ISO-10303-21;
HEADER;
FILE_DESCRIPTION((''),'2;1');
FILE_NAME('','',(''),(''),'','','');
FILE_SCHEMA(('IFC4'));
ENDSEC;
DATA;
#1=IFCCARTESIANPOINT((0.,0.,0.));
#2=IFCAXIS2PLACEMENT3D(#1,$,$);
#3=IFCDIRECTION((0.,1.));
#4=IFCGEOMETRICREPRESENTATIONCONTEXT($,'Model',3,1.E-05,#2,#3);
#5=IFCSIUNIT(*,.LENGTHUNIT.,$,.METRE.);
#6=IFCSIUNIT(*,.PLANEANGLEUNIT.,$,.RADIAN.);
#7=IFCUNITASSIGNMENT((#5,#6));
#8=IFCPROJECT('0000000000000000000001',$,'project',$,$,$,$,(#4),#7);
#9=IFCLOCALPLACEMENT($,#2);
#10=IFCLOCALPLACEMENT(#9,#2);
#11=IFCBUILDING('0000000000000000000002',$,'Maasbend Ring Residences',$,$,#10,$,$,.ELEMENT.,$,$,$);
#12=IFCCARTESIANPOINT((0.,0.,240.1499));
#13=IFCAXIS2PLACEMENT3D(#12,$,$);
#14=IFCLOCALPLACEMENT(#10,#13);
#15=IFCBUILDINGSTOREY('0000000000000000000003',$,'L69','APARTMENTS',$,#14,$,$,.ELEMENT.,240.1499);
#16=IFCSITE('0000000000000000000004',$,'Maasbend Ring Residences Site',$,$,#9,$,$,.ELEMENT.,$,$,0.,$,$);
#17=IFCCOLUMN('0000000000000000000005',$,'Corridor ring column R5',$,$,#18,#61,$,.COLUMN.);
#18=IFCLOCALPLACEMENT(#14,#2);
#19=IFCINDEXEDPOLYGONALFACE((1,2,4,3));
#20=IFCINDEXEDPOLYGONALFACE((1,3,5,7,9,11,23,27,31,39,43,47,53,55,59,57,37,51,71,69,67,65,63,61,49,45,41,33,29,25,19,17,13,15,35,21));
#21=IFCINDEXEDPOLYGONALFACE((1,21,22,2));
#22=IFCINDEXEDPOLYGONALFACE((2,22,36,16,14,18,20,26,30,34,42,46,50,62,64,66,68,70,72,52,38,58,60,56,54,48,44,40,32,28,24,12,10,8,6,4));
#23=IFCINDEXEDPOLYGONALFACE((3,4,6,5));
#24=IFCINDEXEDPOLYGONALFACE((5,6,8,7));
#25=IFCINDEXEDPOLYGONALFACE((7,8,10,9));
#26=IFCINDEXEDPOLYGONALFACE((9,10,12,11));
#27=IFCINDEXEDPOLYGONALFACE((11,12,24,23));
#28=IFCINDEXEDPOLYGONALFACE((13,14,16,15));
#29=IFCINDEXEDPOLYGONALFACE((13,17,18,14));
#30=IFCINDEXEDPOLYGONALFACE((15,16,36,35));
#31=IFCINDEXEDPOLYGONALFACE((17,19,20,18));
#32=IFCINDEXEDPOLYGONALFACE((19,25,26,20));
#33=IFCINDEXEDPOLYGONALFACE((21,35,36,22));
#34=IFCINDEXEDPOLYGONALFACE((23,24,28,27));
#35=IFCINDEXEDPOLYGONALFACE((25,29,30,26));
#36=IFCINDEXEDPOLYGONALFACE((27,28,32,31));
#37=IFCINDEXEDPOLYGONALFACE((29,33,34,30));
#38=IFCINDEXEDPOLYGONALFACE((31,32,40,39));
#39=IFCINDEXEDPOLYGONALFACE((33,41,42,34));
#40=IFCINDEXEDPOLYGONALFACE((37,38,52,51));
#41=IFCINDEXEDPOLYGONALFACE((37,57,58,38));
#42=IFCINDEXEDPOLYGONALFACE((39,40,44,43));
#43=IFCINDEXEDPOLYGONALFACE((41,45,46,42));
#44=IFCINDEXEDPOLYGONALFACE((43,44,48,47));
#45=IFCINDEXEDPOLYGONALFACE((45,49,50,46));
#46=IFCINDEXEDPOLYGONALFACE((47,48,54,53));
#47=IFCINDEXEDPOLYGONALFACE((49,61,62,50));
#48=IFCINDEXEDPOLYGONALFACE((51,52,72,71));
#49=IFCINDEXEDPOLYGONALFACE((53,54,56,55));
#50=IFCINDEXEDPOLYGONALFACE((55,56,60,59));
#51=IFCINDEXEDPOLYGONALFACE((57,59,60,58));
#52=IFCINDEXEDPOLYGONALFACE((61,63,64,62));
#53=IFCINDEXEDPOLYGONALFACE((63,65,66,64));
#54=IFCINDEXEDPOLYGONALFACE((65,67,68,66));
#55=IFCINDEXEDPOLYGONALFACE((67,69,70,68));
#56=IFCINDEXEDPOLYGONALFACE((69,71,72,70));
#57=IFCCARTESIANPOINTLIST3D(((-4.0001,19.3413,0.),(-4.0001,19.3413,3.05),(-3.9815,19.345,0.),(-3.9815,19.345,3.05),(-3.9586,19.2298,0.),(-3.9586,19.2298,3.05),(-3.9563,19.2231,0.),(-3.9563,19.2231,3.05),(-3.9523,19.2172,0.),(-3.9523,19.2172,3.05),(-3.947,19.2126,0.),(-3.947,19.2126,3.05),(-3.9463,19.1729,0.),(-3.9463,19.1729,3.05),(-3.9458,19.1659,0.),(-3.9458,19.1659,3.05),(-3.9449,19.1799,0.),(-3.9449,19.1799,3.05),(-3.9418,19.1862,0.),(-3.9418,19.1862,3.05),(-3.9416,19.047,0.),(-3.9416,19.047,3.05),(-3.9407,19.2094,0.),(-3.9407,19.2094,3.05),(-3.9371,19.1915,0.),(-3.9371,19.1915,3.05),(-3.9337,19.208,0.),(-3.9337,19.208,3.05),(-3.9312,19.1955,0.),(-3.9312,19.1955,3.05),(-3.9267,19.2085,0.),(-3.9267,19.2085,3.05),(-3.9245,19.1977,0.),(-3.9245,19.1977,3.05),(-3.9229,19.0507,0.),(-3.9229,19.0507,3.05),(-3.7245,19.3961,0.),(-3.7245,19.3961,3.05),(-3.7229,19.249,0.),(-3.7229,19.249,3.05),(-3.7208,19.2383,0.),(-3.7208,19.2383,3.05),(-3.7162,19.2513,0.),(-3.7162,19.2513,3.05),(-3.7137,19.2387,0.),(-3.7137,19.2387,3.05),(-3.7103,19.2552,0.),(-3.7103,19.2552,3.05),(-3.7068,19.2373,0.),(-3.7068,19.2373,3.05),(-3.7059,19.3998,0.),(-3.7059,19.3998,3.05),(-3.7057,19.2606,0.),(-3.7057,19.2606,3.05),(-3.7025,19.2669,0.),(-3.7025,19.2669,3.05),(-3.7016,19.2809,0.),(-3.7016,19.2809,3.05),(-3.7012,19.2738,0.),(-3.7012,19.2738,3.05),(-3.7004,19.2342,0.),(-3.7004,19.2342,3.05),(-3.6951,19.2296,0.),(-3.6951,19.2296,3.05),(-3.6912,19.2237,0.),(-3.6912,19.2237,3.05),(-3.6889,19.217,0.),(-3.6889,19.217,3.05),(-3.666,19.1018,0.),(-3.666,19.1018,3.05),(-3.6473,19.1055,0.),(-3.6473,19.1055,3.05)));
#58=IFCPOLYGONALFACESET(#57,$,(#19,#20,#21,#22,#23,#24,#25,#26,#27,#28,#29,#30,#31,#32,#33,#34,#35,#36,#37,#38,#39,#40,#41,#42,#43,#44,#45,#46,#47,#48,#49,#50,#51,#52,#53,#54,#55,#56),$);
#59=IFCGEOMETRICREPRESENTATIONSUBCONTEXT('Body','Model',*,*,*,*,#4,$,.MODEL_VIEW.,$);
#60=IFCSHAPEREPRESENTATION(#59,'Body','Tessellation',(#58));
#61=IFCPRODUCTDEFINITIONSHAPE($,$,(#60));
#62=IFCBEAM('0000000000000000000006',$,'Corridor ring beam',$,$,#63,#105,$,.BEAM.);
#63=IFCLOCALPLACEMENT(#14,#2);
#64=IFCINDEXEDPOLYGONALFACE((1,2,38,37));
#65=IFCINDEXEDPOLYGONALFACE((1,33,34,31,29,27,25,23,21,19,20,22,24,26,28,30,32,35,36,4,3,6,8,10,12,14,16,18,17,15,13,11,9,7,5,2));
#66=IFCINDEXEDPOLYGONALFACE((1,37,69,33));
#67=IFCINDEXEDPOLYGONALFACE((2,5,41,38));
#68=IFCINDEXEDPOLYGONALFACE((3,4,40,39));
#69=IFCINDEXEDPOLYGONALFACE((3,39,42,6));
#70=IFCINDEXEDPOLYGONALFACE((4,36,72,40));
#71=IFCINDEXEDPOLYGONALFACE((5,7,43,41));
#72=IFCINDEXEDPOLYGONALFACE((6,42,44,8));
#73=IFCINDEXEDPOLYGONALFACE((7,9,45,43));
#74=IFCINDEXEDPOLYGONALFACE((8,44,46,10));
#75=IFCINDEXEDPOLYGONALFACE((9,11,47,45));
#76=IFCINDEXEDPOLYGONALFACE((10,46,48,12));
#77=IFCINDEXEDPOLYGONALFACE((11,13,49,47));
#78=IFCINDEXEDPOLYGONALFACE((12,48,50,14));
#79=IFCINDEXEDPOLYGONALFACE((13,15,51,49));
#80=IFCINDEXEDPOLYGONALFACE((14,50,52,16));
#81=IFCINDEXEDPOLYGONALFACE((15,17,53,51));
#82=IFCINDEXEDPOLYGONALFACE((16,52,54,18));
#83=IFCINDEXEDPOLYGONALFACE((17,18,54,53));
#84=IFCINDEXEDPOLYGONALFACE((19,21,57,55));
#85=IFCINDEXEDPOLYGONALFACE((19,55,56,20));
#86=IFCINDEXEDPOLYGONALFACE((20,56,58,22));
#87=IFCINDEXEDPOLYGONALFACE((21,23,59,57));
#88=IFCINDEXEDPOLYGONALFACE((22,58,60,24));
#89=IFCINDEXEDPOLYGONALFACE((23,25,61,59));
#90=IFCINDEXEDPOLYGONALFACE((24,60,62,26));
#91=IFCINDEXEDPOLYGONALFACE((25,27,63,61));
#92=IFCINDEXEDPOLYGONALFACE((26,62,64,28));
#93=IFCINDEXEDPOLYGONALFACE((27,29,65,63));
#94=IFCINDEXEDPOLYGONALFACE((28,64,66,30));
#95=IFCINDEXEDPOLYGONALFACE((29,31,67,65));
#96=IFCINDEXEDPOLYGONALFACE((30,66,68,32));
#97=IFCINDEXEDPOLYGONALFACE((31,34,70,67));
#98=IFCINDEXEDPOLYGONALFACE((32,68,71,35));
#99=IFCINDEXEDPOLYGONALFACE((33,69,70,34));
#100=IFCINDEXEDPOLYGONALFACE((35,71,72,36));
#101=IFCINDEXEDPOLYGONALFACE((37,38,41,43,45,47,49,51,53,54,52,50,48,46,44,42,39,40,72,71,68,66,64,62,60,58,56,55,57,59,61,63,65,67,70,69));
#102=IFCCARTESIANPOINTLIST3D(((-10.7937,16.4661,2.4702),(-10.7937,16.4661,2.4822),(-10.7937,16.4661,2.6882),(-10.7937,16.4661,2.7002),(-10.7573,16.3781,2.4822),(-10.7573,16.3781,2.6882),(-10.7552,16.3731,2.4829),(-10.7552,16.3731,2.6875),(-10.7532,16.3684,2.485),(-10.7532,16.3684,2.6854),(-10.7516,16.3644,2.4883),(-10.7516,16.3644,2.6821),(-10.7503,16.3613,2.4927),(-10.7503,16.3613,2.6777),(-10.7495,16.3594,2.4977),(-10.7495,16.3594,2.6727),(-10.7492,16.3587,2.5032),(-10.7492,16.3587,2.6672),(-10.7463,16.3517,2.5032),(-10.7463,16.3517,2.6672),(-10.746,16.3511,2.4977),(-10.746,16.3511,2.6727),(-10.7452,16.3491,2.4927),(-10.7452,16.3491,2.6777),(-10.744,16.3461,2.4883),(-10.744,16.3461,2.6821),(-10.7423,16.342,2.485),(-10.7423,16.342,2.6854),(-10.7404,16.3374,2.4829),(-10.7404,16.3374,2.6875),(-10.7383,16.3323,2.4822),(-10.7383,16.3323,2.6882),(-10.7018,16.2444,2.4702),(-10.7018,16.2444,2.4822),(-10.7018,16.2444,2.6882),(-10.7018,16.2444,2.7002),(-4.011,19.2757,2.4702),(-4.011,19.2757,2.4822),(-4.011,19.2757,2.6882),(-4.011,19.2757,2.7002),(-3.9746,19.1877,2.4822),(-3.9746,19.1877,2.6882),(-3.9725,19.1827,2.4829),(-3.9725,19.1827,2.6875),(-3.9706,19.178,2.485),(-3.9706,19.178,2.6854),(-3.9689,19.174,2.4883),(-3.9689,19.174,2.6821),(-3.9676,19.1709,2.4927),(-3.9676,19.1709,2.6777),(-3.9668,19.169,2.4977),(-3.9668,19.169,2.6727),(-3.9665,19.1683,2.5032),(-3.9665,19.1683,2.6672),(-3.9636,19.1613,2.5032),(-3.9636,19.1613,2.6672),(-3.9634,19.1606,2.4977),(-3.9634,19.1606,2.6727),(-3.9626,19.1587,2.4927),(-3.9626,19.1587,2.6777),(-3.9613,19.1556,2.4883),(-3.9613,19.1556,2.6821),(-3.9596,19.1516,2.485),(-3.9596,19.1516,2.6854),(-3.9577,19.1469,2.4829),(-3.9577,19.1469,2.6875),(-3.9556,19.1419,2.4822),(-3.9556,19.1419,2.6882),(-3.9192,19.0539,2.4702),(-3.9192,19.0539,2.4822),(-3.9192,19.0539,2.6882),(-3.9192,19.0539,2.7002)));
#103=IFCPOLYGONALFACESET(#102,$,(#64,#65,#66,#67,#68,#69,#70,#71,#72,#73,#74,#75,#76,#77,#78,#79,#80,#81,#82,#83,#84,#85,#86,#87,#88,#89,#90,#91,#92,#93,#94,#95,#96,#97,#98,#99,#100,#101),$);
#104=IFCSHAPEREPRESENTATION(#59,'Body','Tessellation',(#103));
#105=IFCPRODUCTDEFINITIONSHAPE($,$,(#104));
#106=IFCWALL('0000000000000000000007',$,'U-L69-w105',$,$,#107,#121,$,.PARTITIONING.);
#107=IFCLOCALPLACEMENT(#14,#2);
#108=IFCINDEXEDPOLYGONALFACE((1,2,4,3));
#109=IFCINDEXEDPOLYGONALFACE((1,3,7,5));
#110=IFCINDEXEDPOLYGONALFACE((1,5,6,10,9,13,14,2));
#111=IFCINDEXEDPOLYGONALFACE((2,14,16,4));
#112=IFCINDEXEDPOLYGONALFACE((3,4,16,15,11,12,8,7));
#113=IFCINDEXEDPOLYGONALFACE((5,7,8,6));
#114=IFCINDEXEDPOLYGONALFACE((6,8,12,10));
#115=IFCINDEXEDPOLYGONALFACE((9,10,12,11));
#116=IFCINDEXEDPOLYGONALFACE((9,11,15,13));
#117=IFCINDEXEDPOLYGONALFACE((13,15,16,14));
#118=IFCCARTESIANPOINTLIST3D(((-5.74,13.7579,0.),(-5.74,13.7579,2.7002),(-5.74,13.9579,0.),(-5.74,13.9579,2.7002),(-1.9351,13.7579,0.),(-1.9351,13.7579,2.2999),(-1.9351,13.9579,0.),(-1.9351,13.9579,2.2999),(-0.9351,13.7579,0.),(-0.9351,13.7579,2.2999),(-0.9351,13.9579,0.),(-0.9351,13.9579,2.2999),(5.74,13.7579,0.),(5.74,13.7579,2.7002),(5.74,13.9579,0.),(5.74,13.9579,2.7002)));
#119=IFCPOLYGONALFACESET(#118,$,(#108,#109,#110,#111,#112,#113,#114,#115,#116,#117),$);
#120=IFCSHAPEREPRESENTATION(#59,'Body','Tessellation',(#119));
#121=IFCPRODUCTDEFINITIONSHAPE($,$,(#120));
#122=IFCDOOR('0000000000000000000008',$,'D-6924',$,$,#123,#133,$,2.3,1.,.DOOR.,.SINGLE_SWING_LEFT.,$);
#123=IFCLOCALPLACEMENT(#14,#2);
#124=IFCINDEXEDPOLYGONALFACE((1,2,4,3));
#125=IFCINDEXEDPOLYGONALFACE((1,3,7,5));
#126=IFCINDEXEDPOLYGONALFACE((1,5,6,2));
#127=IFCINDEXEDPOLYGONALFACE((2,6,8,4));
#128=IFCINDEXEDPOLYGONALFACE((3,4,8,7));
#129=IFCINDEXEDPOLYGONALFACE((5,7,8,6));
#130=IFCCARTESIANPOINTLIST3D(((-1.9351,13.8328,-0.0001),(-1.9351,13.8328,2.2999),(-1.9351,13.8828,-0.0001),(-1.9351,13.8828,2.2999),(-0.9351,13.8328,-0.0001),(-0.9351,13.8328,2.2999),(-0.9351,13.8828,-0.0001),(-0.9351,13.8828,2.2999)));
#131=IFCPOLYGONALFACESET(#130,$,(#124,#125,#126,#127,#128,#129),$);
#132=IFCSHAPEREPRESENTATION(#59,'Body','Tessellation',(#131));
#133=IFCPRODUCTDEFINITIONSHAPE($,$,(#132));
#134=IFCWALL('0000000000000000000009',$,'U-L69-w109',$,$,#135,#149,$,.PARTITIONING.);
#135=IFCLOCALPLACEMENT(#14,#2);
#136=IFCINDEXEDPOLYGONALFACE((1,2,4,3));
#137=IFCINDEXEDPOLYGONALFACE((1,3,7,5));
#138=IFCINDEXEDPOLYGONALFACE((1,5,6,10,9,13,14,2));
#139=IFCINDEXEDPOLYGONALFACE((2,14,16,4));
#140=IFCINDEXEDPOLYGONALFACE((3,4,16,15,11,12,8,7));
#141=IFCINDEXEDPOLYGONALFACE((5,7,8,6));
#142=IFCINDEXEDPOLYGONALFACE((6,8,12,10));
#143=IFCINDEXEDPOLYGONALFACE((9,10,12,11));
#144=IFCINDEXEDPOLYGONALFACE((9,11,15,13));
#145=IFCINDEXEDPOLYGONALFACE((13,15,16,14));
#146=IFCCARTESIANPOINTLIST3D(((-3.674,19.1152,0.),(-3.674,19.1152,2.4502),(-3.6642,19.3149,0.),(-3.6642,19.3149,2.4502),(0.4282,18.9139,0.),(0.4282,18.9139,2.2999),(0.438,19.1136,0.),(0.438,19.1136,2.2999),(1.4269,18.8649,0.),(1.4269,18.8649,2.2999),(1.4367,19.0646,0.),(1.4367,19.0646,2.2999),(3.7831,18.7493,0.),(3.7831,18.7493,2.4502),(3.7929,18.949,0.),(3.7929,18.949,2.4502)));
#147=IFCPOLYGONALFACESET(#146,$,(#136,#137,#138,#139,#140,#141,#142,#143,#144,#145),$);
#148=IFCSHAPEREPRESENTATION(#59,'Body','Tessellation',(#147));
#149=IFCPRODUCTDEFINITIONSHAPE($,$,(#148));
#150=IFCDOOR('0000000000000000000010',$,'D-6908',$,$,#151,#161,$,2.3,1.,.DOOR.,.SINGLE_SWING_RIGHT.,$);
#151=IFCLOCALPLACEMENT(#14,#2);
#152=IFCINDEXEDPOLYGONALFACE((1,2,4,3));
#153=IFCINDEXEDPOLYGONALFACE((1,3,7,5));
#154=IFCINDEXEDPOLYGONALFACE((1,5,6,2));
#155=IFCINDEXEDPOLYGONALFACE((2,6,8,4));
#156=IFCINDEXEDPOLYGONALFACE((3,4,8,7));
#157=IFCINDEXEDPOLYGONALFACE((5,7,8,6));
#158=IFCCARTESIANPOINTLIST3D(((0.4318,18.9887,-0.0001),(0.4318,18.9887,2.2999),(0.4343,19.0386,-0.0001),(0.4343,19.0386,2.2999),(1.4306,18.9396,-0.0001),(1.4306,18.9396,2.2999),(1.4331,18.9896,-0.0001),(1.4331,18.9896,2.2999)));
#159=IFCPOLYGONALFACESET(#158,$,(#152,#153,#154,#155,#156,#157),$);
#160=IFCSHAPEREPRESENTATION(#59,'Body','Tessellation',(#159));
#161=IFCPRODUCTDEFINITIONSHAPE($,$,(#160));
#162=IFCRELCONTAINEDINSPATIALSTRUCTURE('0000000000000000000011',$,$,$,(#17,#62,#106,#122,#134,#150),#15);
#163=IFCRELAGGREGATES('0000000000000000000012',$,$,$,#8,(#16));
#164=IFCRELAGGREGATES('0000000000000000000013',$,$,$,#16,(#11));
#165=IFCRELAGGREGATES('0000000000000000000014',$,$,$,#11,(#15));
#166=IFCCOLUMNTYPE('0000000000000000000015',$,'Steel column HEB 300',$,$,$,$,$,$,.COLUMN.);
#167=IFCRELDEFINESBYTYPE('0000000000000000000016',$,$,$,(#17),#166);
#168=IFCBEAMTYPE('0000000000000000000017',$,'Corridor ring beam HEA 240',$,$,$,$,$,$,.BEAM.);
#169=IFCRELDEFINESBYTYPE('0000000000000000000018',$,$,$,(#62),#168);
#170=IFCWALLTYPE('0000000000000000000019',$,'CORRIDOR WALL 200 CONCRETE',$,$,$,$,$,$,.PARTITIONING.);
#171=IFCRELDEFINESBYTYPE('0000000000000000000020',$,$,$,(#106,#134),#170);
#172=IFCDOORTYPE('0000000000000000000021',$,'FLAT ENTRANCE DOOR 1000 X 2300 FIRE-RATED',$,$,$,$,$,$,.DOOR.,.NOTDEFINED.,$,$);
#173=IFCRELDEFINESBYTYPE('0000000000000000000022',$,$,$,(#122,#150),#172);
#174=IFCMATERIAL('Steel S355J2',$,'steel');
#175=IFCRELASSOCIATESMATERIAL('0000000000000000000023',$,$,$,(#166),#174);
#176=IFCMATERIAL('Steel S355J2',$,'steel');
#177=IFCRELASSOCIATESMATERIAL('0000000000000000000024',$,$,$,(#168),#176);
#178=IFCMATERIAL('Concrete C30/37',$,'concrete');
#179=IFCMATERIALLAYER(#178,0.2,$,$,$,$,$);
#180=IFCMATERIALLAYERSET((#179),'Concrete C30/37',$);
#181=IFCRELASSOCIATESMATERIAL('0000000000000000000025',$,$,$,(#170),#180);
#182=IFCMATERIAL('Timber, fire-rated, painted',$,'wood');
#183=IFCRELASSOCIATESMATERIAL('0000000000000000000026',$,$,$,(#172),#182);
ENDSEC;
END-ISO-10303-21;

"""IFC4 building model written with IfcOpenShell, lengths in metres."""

from ifc_helpers import new_model, si_unit, direction, frame, frame_2d, origin, origin_2d, place, context, subcontext, project, spatial, rectangle, i_section, extrude, material, layer, layer_set, material_profile, profile_set, type_object, element, fill, save


model = new_model("IFC4")

# Units and contexts
model_context = context("Model", 3, precision=1e-05, world=origin(), true_north=direction((0.0, 1.0)))
body_context = subcontext(model_context, "Body", "Model", "MODEL_VIEW")
ifc_project = project(units=[si_unit("LENGTHUNIT", "METRE"), si_unit("PLANEANGLEUNIT", "RADIAN")], contexts=[model_context])

# Site, building, storey
site_placement = place(None, origin())
site = spatial("IfcSite", under=ifc_project, at=site_placement, Name="Maasbend Ring Residences Site", CompositionType="ELEMENT", RefElevation=0.0)
building_placement = place(site_placement, origin())
building = spatial("IfcBuilding", under=site, at=building_placement, Name="Maasbend Ring Residences", CompositionType="ELEMENT")
storey_placement = place(building_placement, frame((0.0, 0.0, 240.1499)))
storey = spatial("IfcBuildingStorey", under=building, at=storey_placement, Name="L69", Description="APARTMENTS", CompositionType="ELEMENT", Elevation=240.1499)

# Column
ifc_material_1 = material(Name="Steel S355J2", Category="steel")
ifc_material_profile_1 = material_profile(ifc_material_1, i_section(OverallWidth=0.3, OverallDepth=0.3, WebThickness=0.011, FlangeThickness=0.019, FilletRadius=0.0271, at=origin_2d()), Name="HEB 300")
ifc_profile_set_1 = profile_set([ifc_material_profile_1], Name="Steel S355J2")
column_type = type_object("IfcColumnType", Name="Steel column HEB 300", PredefinedType="COLUMN", material=ifc_profile_set_1)
column_placement = place(storey_placement, frame((-3.8237, 19.2234, 0.0), z_axis=(0.0, 0.0, 1.0), x_axis=(-0.19509, 0.980785, 0.0)))
element("IfcColumn", 1, at=column_placement, inside=storey, type_object=column_type, Name="Corridor ring column R5", PredefinedType="COLUMN", context=body_context, shape_type="SweptSolid", body=[
    extrude(i_section(OverallWidth=0.3, OverallDepth=0.3, WebThickness=0.011, FlangeThickness=0.019, FilletRadius=0.0271, at=origin_2d()), origin(), (0.0, 0.0, 1.0), 3.05),
])

# Beam
ifc_material_2 = material(Name="Steel S355J2", Category="steel")
ifc_material_profile_2 = material_profile(ifc_material_2, i_section(OverallWidth=0.24, OverallDepth=0.23, WebThickness=0.0076, FlangeThickness=0.012, FilletRadius=0.021, at=origin_2d()), Name="HEA 240")
ifc_profile_set_2 = profile_set([ifc_material_profile_2], Name="Steel S355J2")
beam_type = type_object("IfcBeamType", Name="Corridor ring beam HEA 240", PredefinedType="BEAM", material=ifc_profile_set_2)
beam_placement = place(storey_placement, frame((-3.9651, 19.1648, 2.5852), z_axis=(-0.923876, -0.382692, 0.0), x_axis=(0.382692, -0.923876, 0.0)))
element("IfcBeam", 2, at=beam_placement, inside=storey, type_object=beam_type, Name="Corridor ring beam", PredefinedType="BEAM", context=body_context, shape_type="SweptSolid", body=[
    extrude(i_section(OverallWidth=0.24, OverallDepth=0.23, WebThickness=0.0076, FlangeThickness=0.012, FilletRadius=0.021, at=origin_2d()), origin(), (0.0, 0.0, 1.0), 7.3416),
])

# Walls, openings, doors
ifc_material_3 = material(Name="Concrete C30/37", Category="concrete")
ifc_layer_1 = layer(ifc_material_3, 0.2)
ifc_layer_set_1 = layer_set([ifc_layer_1], Name="Concrete C30/37")
wall_type_1 = type_object("IfcWallType", Name="CORRIDOR WALL 200 CONCRETE", PredefinedType="PARTITIONING", material=ifc_layer_set_1)
wall_1_placement = place(storey_placement, frame((-5.74, 13.8579, 0.0), z_axis=(0.0, 0.0, 1.0), x_axis=(1.0, 0.0, 0.0)))
wall_1 = element("IfcWall", 3, at=wall_1_placement, inside=storey, type_object=wall_type_1, Name="U-L69-w105", PredefinedType="PARTITIONING", context=body_context, shape_type="SweptSolid", body=[
    extrude(rectangle(XDim=11.48, YDim=0.2, at=frame_2d((5.74, 0.0))), origin(), (0.0, 0.0, 1.0), 2.7002),
])
opening_1_placement = place(wall_1_placement, frame((3.8049, 0.0, 0.0)))
opening_1 = element("IfcOpeningElement", 4, at=opening_1_placement, cuts=wall_1, PredefinedType="OPENING", context=body_context, shape_type="SweptSolid", body=[
    extrude(rectangle(XDim=1.0, YDim=2.3, at=frame_2d((0.5, 1.1499))), frame((0.0, 0.1099, 0.0), z_axis=(0.0, -1.0, 0.0), x_axis=(1.0, 0.0, 0.0)), (0.0, 0.0, 1.0), 0.22),
])
ifc_material_4 = material(Name="Timber, fire-rated, painted", Category="wood")
door_type_1 = type_object("IfcDoorType", Name="FLAT ENTRANCE DOOR 1000 X 2300 FIRE-RATED", OperationType="NOTDEFINED", PredefinedType="DOOR", material=ifc_material_4)
door_1_placement = place(opening_1_placement, origin())
door_1 = element("IfcDoor", 5, at=door_1_placement, inside=storey, type_object=door_type_1, Name="D-6924", OperationType="SINGLE_SWING_LEFT", OverallHeight=2.3, OverallWidth=1.0, PredefinedType="DOOR", context=body_context, shape_type="SweptSolid", body=[
    extrude(rectangle(XDim=1.0, YDim=2.3, at=frame_2d((0.5, 1.1499))), frame((0.0, 0.0249, 0.0), z_axis=(0.0, -1.0, 0.0), x_axis=(1.0, 0.0, 0.0)), (0.0, 0.0, 1.0), 0.05),
])
fill(opening_1, door_1)
wall_2_placement = place(storey_placement, frame((-3.6689, 19.2151, 0.0), z_axis=(0.0, 0.0, 1.0), x_axis=(0.998798, -0.049018, 0.0)))
wall_2 = element("IfcWall", 6, at=wall_2_placement, inside=storey, type_object=wall_type_1, Name="U-L69-w109", PredefinedType="PARTITIONING", context=body_context, shape_type="SweptSolid", body=[
    extrude(rectangle(XDim=7.4661, YDim=0.2, at=frame_2d((3.7329, 0.0))), origin(), (0.0, 0.0, 1.0), 2.4502),
])
opening_2_placement = place(wall_2_placement, frame((4.1069, 0.0, 0.0)))
opening_2 = element("IfcOpeningElement", 7, at=opening_2_placement, cuts=wall_2, PredefinedType="OPENING", context=body_context, shape_type="SweptSolid", body=[
    extrude(rectangle(XDim=1.0, YDim=2.3, at=frame_2d((0.5, 1.1499))), frame((0.0, 0.1099, 0.0), z_axis=(0.0, -1.0, 0.0), x_axis=(1.0, 0.0, 0.0)), (0.0, 0.0, 1.0), 0.22),
])
door_2_placement = place(opening_2_placement, origin())
door_2 = element("IfcDoor", 8, at=door_2_placement, inside=storey, type_object=door_type_1, Name="D-6908", OperationType="SINGLE_SWING_RIGHT", OverallHeight=2.3, OverallWidth=1.0, PredefinedType="DOOR", context=body_context, shape_type="SweptSolid", body=[
    extrude(rectangle(XDim=1.0, YDim=2.3, at=frame_2d((0.5, 1.1499))), frame((0.0, 0.0249, 0.0), z_axis=(0.0, -1.0, 0.0), x_axis=(1.0, 0.0, 0.0)), (0.0, 0.0, 1.0), 0.05),
])
fill(opening_2, door_2)

save(model, "model.ifc")
